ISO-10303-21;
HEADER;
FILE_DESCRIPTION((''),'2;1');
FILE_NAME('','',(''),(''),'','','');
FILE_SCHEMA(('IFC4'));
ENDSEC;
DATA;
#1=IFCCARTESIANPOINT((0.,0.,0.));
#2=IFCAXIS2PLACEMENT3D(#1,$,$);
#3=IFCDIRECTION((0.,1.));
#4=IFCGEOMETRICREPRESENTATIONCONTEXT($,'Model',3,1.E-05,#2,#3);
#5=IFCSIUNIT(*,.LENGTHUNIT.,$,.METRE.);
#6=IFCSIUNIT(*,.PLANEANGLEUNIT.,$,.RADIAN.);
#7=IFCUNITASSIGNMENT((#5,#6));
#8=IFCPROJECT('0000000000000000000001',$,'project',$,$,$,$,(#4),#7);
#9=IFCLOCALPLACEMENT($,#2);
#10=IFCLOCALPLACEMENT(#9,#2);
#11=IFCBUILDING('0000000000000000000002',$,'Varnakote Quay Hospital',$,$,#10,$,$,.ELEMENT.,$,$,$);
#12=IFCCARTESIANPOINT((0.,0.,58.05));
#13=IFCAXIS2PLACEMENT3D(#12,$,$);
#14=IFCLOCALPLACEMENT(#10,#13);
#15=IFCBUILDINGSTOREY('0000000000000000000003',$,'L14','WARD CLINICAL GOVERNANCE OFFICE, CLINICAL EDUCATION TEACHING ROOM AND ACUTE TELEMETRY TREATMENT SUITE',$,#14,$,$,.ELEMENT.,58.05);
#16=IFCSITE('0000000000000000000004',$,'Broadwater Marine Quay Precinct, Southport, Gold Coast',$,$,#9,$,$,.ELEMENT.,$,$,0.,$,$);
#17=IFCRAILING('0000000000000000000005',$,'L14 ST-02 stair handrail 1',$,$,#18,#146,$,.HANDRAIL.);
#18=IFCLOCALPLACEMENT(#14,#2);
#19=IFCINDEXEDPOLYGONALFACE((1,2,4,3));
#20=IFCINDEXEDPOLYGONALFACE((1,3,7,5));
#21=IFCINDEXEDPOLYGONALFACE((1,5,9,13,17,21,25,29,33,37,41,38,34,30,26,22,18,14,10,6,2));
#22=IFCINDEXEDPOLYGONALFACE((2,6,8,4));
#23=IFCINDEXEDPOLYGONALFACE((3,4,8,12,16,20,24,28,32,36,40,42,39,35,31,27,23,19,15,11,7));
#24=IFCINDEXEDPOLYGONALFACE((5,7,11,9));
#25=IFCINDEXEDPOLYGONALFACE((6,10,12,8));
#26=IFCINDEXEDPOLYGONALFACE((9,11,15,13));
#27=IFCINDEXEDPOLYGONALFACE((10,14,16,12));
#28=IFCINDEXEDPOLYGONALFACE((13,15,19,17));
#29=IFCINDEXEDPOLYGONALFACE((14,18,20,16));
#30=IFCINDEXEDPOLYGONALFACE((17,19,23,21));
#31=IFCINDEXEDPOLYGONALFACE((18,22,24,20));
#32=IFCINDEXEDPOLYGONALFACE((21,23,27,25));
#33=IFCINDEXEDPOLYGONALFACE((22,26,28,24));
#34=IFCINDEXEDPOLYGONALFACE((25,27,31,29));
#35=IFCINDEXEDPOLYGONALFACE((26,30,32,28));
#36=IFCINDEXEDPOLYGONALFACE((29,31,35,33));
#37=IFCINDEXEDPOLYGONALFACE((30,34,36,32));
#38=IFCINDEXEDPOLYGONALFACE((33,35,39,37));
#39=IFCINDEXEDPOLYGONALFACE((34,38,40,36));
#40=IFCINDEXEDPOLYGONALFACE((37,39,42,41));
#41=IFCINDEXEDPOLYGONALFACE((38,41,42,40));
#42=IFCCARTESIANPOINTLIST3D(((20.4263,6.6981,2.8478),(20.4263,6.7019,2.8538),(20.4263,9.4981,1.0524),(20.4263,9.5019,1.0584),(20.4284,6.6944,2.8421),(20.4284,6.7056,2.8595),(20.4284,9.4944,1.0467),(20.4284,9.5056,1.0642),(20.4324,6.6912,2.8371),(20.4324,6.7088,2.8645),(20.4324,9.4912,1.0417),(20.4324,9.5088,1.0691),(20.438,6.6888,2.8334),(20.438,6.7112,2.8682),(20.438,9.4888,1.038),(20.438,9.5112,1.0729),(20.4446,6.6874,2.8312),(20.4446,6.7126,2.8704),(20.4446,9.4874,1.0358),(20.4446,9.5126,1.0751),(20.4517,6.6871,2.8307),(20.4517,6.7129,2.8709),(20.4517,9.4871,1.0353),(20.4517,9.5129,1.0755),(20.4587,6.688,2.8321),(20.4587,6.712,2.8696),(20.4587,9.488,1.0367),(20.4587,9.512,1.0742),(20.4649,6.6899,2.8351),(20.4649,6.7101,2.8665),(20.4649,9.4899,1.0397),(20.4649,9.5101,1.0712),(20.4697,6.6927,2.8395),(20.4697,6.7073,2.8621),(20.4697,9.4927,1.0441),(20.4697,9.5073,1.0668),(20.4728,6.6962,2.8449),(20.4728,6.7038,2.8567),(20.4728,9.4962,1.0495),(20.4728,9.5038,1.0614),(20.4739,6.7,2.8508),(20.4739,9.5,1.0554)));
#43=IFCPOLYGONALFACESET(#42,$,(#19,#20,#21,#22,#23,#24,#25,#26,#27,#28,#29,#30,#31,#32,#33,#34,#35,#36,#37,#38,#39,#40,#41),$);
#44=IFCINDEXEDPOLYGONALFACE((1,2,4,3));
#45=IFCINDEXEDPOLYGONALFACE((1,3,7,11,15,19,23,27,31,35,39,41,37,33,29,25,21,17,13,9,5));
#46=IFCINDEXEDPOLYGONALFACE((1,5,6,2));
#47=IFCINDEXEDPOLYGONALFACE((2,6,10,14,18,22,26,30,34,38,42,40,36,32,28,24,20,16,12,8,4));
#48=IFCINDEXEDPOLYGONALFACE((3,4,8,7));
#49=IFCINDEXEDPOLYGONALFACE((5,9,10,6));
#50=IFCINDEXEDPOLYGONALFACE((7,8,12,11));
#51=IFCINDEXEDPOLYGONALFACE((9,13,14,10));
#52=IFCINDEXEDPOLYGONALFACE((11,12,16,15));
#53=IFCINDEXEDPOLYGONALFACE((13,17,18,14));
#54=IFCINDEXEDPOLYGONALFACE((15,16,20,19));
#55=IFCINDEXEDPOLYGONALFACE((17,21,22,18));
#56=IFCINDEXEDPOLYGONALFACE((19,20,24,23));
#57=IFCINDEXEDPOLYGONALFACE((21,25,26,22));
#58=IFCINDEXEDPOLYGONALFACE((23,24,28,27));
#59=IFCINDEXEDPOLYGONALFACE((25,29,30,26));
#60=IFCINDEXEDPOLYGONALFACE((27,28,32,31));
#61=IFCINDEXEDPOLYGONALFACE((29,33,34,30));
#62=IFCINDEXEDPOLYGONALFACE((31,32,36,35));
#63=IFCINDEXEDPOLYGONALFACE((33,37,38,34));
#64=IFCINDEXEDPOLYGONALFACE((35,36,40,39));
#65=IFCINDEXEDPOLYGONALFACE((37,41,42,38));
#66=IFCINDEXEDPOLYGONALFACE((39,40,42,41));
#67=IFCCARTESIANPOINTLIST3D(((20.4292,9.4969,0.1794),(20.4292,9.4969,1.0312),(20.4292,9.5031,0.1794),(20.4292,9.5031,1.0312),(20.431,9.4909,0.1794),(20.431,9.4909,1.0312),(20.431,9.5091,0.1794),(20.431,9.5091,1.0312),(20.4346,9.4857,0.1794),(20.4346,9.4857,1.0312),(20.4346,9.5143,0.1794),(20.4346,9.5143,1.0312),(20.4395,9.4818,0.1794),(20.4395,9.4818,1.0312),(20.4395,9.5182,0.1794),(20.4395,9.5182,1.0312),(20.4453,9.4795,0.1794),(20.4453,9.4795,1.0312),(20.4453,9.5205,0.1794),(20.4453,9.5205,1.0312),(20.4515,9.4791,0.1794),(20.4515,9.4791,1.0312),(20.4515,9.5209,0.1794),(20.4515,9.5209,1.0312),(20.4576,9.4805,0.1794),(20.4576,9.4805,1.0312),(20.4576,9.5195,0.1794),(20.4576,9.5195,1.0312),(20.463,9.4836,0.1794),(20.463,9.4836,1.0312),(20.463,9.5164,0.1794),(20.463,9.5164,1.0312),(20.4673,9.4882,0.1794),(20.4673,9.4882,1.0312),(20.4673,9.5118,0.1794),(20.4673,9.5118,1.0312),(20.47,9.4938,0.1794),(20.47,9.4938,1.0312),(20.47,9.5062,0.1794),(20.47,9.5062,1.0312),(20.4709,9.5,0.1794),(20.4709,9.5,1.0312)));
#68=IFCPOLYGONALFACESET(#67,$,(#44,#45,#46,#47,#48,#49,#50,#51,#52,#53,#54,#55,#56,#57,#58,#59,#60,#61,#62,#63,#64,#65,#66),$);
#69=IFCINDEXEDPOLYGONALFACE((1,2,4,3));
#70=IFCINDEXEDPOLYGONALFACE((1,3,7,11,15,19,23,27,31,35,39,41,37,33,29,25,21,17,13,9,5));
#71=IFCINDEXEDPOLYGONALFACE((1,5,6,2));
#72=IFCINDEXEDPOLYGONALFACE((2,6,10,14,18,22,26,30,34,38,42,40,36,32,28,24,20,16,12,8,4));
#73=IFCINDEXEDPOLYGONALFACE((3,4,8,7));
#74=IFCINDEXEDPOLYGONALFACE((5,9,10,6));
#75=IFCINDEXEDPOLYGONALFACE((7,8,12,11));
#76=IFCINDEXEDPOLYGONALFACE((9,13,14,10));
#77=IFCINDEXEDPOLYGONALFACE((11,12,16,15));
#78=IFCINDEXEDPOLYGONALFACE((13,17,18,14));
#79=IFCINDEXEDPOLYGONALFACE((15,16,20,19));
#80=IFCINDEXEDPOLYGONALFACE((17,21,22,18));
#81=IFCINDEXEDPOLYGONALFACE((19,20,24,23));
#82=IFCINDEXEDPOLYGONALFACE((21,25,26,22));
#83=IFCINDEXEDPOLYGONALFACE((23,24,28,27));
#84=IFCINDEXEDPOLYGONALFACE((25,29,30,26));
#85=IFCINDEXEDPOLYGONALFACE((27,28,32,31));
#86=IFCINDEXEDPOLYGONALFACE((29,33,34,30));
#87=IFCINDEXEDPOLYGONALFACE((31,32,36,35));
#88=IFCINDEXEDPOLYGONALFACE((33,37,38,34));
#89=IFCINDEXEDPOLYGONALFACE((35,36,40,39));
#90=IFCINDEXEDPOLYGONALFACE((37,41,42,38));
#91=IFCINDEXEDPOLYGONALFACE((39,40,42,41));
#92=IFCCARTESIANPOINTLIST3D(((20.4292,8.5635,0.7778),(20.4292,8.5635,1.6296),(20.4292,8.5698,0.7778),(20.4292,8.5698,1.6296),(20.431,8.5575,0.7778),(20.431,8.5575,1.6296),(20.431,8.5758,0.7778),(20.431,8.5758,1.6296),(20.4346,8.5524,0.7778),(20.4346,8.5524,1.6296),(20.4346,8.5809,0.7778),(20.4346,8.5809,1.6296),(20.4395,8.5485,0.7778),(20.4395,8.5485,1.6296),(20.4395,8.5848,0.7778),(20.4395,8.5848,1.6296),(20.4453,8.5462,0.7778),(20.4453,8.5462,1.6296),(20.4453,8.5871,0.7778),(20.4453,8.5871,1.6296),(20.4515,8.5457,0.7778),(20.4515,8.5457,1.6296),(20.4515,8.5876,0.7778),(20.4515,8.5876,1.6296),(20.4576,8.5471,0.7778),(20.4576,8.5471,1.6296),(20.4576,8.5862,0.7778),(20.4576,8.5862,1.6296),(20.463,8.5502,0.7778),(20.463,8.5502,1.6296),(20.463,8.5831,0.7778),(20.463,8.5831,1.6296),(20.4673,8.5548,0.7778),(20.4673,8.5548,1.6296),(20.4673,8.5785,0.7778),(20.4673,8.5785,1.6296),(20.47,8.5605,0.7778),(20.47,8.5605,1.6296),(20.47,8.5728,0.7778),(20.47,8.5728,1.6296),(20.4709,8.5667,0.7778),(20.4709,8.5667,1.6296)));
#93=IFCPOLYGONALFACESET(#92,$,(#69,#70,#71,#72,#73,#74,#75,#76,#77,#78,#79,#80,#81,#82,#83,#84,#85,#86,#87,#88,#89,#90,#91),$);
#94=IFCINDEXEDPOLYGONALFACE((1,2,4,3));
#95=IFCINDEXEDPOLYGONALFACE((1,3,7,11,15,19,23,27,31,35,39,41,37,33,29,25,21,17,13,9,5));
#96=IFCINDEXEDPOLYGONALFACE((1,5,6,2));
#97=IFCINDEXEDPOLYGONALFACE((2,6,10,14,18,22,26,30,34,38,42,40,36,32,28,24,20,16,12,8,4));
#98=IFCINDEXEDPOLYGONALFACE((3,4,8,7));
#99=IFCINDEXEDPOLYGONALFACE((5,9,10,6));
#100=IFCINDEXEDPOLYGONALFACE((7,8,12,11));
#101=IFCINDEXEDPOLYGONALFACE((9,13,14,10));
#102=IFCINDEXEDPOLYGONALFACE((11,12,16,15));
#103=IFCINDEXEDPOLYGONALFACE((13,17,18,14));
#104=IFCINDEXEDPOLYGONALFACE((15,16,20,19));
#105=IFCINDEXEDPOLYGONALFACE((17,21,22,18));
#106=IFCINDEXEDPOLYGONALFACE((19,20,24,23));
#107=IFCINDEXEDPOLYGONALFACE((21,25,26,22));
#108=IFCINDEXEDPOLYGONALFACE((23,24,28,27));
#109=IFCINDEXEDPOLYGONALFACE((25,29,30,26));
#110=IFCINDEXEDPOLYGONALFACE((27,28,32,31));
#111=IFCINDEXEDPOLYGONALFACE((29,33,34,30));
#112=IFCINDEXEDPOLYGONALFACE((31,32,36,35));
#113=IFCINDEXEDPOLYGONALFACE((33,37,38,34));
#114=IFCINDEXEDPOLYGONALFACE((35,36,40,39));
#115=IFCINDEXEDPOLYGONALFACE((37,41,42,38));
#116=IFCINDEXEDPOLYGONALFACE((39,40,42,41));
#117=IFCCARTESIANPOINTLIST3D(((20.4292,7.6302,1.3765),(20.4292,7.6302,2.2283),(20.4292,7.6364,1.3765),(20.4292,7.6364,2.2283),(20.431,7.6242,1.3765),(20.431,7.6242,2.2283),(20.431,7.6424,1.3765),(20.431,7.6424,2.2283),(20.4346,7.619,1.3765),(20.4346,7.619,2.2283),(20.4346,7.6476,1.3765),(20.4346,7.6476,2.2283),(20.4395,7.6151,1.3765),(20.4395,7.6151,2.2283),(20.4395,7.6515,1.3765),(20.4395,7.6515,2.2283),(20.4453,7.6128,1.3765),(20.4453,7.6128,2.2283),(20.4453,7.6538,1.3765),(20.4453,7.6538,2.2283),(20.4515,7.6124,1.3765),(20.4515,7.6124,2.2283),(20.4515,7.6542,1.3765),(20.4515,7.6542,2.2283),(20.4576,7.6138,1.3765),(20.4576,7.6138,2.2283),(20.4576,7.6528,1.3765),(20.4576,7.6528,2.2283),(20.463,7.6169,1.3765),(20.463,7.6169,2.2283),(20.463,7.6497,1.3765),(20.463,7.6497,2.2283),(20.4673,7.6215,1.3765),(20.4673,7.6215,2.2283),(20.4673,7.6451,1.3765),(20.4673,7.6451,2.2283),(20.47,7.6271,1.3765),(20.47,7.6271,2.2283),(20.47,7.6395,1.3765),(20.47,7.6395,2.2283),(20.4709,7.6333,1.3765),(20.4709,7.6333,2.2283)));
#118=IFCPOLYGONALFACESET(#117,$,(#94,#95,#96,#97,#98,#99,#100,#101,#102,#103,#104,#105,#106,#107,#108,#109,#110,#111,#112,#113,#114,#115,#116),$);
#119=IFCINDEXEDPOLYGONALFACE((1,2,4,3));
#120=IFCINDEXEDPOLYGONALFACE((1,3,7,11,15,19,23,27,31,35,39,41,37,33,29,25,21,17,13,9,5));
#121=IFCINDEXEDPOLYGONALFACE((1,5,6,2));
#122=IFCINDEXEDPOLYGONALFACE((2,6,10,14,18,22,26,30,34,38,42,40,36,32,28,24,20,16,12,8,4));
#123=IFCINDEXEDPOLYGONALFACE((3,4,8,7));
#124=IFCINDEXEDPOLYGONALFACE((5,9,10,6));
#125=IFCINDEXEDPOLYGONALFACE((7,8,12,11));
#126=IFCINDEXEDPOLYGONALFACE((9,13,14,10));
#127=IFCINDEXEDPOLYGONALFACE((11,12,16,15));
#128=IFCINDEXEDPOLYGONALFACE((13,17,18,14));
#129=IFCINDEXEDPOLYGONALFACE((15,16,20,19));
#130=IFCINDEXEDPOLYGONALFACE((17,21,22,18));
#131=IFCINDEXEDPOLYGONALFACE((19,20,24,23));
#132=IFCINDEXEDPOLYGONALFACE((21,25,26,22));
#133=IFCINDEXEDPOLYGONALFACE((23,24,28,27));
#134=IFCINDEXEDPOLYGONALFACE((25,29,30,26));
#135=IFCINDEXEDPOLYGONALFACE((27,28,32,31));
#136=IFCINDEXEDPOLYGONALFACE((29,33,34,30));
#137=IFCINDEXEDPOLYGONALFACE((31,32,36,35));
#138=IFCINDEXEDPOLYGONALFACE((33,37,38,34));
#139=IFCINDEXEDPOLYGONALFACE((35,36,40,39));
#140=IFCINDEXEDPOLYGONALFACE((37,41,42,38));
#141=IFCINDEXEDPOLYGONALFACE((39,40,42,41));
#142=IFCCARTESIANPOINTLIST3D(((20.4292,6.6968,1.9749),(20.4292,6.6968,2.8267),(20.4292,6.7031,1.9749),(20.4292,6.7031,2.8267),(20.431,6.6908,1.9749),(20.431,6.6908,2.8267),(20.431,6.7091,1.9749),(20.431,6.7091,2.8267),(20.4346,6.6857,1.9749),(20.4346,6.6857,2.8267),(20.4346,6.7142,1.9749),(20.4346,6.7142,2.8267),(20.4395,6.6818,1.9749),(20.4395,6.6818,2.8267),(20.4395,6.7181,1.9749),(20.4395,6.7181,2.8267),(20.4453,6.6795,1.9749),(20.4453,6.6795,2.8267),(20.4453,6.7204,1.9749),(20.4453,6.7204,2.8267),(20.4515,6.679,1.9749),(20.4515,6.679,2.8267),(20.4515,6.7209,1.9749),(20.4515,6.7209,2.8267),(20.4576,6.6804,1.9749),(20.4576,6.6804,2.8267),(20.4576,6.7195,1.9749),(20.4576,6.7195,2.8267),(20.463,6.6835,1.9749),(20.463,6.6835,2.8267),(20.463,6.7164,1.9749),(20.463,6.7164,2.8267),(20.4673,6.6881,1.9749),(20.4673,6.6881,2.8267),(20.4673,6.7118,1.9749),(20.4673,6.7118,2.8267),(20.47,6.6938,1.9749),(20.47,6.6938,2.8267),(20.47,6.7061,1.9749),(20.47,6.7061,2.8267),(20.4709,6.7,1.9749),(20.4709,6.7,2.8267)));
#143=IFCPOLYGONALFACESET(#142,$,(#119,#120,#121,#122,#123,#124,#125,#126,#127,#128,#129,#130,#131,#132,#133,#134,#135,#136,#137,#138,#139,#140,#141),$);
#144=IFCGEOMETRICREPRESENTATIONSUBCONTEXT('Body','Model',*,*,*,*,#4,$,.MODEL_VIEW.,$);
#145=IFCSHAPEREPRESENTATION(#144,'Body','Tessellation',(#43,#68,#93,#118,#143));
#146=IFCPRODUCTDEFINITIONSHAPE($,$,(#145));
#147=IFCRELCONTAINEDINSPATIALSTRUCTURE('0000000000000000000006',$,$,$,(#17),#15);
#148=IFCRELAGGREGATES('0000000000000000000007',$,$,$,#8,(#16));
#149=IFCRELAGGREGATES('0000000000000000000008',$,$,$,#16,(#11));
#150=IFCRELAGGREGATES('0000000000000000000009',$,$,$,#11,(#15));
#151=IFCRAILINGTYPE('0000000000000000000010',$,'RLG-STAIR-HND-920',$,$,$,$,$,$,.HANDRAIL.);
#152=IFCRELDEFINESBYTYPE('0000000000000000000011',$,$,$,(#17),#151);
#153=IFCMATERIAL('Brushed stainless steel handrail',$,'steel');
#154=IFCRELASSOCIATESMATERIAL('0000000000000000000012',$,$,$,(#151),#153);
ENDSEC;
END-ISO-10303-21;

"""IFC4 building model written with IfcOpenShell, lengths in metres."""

from ifc_helpers import new_model, si_unit, direction, frame, origin, origin_2d, place, context, subcontext, project, spatial, circle, extrude, material, type_object, element, save


model = new_model("IFC4")

# Units and contexts
model_context = context("Model", 3, precision=1e-05, world=origin(), true_north=direction((0.0, 1.0)))
body_context = subcontext(model_context, "Body", "Model", "MODEL_VIEW")
ifc_project = project(units=[si_unit("LENGTHUNIT", "METRE"), si_unit("PLANEANGLEUNIT", "RADIAN")], contexts=[model_context])

# Site, building, storey
site_placement = place(None, origin())
site = spatial("IfcSite", under=ifc_project, at=site_placement, Name="Broadwater Marine Quay Precinct, Southport, Gold Coast", CompositionType="ELEMENT", RefElevation=0.0)
building_placement = place(site_placement, origin())
building = spatial("IfcBuilding", under=site, at=building_placement, Name="Varnakote Quay Hospital", CompositionType="ELEMENT")
storey_placement = place(building_placement, frame((0.0, 0.0, 58.05)))
storey = spatial("IfcBuildingStorey", under=building, at=storey_placement, Name="L14", Description="WARD CLINICAL GOVERNANCE OFFICE, CLINICAL EDUCATION TEACHING ROOM AND ACUTE TELEMETRY TREATMENT SUITE", CompositionType="ELEMENT", Elevation=58.05)

# Railing
ifc_material_1 = material(Name="Brushed stainless steel handrail", Category="steel")
railing_type_1 = type_object("IfcRailingType", Name="RLG-STAIR-HND-920", PredefinedType="HANDRAIL", material=ifc_material_1)
railing_1_placement = place(storey_placement, frame((20.45, 9.5, 0.1794)))
element("IfcRailing", 1, at=railing_1_placement, inside=storey, type_object=railing_type_1, Name="L14 ST-02 stair handrail 1", PredefinedType="HANDRAIL", context=body_context, shape_type="SweptSolid", body=[
    extrude(circle(Radius=0.0239, at=origin_2d()), frame((0.0, 0.0, 0.876), z_axis=(0.0, -0.84181, 0.539774), x_axis=(1.0, 0.0, 0.0)), (0.0, 0.0, 1.0), 3.3262),
    extrude(circle(Radius=0.021, at=origin_2d()), origin(), (0.0, 0.0, 1.0), 0.8518),
    extrude(circle(Radius=0.021, at=origin_2d()), frame((0.0, -0.9333, 0.5984)), (0.0, 0.0, 1.0), 0.8518),
    extrude(circle(Radius=0.021, at=origin_2d()), frame((0.0, -1.8667, 1.197)), (0.0, 0.0, 1.0), 0.8518),
    extrude(circle(Radius=0.021, at=origin_2d()), frame((0.0, -2.8, 1.7954)), (0.0, 0.0, 1.0), 0.8518),
])

save(model, "model.ifc")
